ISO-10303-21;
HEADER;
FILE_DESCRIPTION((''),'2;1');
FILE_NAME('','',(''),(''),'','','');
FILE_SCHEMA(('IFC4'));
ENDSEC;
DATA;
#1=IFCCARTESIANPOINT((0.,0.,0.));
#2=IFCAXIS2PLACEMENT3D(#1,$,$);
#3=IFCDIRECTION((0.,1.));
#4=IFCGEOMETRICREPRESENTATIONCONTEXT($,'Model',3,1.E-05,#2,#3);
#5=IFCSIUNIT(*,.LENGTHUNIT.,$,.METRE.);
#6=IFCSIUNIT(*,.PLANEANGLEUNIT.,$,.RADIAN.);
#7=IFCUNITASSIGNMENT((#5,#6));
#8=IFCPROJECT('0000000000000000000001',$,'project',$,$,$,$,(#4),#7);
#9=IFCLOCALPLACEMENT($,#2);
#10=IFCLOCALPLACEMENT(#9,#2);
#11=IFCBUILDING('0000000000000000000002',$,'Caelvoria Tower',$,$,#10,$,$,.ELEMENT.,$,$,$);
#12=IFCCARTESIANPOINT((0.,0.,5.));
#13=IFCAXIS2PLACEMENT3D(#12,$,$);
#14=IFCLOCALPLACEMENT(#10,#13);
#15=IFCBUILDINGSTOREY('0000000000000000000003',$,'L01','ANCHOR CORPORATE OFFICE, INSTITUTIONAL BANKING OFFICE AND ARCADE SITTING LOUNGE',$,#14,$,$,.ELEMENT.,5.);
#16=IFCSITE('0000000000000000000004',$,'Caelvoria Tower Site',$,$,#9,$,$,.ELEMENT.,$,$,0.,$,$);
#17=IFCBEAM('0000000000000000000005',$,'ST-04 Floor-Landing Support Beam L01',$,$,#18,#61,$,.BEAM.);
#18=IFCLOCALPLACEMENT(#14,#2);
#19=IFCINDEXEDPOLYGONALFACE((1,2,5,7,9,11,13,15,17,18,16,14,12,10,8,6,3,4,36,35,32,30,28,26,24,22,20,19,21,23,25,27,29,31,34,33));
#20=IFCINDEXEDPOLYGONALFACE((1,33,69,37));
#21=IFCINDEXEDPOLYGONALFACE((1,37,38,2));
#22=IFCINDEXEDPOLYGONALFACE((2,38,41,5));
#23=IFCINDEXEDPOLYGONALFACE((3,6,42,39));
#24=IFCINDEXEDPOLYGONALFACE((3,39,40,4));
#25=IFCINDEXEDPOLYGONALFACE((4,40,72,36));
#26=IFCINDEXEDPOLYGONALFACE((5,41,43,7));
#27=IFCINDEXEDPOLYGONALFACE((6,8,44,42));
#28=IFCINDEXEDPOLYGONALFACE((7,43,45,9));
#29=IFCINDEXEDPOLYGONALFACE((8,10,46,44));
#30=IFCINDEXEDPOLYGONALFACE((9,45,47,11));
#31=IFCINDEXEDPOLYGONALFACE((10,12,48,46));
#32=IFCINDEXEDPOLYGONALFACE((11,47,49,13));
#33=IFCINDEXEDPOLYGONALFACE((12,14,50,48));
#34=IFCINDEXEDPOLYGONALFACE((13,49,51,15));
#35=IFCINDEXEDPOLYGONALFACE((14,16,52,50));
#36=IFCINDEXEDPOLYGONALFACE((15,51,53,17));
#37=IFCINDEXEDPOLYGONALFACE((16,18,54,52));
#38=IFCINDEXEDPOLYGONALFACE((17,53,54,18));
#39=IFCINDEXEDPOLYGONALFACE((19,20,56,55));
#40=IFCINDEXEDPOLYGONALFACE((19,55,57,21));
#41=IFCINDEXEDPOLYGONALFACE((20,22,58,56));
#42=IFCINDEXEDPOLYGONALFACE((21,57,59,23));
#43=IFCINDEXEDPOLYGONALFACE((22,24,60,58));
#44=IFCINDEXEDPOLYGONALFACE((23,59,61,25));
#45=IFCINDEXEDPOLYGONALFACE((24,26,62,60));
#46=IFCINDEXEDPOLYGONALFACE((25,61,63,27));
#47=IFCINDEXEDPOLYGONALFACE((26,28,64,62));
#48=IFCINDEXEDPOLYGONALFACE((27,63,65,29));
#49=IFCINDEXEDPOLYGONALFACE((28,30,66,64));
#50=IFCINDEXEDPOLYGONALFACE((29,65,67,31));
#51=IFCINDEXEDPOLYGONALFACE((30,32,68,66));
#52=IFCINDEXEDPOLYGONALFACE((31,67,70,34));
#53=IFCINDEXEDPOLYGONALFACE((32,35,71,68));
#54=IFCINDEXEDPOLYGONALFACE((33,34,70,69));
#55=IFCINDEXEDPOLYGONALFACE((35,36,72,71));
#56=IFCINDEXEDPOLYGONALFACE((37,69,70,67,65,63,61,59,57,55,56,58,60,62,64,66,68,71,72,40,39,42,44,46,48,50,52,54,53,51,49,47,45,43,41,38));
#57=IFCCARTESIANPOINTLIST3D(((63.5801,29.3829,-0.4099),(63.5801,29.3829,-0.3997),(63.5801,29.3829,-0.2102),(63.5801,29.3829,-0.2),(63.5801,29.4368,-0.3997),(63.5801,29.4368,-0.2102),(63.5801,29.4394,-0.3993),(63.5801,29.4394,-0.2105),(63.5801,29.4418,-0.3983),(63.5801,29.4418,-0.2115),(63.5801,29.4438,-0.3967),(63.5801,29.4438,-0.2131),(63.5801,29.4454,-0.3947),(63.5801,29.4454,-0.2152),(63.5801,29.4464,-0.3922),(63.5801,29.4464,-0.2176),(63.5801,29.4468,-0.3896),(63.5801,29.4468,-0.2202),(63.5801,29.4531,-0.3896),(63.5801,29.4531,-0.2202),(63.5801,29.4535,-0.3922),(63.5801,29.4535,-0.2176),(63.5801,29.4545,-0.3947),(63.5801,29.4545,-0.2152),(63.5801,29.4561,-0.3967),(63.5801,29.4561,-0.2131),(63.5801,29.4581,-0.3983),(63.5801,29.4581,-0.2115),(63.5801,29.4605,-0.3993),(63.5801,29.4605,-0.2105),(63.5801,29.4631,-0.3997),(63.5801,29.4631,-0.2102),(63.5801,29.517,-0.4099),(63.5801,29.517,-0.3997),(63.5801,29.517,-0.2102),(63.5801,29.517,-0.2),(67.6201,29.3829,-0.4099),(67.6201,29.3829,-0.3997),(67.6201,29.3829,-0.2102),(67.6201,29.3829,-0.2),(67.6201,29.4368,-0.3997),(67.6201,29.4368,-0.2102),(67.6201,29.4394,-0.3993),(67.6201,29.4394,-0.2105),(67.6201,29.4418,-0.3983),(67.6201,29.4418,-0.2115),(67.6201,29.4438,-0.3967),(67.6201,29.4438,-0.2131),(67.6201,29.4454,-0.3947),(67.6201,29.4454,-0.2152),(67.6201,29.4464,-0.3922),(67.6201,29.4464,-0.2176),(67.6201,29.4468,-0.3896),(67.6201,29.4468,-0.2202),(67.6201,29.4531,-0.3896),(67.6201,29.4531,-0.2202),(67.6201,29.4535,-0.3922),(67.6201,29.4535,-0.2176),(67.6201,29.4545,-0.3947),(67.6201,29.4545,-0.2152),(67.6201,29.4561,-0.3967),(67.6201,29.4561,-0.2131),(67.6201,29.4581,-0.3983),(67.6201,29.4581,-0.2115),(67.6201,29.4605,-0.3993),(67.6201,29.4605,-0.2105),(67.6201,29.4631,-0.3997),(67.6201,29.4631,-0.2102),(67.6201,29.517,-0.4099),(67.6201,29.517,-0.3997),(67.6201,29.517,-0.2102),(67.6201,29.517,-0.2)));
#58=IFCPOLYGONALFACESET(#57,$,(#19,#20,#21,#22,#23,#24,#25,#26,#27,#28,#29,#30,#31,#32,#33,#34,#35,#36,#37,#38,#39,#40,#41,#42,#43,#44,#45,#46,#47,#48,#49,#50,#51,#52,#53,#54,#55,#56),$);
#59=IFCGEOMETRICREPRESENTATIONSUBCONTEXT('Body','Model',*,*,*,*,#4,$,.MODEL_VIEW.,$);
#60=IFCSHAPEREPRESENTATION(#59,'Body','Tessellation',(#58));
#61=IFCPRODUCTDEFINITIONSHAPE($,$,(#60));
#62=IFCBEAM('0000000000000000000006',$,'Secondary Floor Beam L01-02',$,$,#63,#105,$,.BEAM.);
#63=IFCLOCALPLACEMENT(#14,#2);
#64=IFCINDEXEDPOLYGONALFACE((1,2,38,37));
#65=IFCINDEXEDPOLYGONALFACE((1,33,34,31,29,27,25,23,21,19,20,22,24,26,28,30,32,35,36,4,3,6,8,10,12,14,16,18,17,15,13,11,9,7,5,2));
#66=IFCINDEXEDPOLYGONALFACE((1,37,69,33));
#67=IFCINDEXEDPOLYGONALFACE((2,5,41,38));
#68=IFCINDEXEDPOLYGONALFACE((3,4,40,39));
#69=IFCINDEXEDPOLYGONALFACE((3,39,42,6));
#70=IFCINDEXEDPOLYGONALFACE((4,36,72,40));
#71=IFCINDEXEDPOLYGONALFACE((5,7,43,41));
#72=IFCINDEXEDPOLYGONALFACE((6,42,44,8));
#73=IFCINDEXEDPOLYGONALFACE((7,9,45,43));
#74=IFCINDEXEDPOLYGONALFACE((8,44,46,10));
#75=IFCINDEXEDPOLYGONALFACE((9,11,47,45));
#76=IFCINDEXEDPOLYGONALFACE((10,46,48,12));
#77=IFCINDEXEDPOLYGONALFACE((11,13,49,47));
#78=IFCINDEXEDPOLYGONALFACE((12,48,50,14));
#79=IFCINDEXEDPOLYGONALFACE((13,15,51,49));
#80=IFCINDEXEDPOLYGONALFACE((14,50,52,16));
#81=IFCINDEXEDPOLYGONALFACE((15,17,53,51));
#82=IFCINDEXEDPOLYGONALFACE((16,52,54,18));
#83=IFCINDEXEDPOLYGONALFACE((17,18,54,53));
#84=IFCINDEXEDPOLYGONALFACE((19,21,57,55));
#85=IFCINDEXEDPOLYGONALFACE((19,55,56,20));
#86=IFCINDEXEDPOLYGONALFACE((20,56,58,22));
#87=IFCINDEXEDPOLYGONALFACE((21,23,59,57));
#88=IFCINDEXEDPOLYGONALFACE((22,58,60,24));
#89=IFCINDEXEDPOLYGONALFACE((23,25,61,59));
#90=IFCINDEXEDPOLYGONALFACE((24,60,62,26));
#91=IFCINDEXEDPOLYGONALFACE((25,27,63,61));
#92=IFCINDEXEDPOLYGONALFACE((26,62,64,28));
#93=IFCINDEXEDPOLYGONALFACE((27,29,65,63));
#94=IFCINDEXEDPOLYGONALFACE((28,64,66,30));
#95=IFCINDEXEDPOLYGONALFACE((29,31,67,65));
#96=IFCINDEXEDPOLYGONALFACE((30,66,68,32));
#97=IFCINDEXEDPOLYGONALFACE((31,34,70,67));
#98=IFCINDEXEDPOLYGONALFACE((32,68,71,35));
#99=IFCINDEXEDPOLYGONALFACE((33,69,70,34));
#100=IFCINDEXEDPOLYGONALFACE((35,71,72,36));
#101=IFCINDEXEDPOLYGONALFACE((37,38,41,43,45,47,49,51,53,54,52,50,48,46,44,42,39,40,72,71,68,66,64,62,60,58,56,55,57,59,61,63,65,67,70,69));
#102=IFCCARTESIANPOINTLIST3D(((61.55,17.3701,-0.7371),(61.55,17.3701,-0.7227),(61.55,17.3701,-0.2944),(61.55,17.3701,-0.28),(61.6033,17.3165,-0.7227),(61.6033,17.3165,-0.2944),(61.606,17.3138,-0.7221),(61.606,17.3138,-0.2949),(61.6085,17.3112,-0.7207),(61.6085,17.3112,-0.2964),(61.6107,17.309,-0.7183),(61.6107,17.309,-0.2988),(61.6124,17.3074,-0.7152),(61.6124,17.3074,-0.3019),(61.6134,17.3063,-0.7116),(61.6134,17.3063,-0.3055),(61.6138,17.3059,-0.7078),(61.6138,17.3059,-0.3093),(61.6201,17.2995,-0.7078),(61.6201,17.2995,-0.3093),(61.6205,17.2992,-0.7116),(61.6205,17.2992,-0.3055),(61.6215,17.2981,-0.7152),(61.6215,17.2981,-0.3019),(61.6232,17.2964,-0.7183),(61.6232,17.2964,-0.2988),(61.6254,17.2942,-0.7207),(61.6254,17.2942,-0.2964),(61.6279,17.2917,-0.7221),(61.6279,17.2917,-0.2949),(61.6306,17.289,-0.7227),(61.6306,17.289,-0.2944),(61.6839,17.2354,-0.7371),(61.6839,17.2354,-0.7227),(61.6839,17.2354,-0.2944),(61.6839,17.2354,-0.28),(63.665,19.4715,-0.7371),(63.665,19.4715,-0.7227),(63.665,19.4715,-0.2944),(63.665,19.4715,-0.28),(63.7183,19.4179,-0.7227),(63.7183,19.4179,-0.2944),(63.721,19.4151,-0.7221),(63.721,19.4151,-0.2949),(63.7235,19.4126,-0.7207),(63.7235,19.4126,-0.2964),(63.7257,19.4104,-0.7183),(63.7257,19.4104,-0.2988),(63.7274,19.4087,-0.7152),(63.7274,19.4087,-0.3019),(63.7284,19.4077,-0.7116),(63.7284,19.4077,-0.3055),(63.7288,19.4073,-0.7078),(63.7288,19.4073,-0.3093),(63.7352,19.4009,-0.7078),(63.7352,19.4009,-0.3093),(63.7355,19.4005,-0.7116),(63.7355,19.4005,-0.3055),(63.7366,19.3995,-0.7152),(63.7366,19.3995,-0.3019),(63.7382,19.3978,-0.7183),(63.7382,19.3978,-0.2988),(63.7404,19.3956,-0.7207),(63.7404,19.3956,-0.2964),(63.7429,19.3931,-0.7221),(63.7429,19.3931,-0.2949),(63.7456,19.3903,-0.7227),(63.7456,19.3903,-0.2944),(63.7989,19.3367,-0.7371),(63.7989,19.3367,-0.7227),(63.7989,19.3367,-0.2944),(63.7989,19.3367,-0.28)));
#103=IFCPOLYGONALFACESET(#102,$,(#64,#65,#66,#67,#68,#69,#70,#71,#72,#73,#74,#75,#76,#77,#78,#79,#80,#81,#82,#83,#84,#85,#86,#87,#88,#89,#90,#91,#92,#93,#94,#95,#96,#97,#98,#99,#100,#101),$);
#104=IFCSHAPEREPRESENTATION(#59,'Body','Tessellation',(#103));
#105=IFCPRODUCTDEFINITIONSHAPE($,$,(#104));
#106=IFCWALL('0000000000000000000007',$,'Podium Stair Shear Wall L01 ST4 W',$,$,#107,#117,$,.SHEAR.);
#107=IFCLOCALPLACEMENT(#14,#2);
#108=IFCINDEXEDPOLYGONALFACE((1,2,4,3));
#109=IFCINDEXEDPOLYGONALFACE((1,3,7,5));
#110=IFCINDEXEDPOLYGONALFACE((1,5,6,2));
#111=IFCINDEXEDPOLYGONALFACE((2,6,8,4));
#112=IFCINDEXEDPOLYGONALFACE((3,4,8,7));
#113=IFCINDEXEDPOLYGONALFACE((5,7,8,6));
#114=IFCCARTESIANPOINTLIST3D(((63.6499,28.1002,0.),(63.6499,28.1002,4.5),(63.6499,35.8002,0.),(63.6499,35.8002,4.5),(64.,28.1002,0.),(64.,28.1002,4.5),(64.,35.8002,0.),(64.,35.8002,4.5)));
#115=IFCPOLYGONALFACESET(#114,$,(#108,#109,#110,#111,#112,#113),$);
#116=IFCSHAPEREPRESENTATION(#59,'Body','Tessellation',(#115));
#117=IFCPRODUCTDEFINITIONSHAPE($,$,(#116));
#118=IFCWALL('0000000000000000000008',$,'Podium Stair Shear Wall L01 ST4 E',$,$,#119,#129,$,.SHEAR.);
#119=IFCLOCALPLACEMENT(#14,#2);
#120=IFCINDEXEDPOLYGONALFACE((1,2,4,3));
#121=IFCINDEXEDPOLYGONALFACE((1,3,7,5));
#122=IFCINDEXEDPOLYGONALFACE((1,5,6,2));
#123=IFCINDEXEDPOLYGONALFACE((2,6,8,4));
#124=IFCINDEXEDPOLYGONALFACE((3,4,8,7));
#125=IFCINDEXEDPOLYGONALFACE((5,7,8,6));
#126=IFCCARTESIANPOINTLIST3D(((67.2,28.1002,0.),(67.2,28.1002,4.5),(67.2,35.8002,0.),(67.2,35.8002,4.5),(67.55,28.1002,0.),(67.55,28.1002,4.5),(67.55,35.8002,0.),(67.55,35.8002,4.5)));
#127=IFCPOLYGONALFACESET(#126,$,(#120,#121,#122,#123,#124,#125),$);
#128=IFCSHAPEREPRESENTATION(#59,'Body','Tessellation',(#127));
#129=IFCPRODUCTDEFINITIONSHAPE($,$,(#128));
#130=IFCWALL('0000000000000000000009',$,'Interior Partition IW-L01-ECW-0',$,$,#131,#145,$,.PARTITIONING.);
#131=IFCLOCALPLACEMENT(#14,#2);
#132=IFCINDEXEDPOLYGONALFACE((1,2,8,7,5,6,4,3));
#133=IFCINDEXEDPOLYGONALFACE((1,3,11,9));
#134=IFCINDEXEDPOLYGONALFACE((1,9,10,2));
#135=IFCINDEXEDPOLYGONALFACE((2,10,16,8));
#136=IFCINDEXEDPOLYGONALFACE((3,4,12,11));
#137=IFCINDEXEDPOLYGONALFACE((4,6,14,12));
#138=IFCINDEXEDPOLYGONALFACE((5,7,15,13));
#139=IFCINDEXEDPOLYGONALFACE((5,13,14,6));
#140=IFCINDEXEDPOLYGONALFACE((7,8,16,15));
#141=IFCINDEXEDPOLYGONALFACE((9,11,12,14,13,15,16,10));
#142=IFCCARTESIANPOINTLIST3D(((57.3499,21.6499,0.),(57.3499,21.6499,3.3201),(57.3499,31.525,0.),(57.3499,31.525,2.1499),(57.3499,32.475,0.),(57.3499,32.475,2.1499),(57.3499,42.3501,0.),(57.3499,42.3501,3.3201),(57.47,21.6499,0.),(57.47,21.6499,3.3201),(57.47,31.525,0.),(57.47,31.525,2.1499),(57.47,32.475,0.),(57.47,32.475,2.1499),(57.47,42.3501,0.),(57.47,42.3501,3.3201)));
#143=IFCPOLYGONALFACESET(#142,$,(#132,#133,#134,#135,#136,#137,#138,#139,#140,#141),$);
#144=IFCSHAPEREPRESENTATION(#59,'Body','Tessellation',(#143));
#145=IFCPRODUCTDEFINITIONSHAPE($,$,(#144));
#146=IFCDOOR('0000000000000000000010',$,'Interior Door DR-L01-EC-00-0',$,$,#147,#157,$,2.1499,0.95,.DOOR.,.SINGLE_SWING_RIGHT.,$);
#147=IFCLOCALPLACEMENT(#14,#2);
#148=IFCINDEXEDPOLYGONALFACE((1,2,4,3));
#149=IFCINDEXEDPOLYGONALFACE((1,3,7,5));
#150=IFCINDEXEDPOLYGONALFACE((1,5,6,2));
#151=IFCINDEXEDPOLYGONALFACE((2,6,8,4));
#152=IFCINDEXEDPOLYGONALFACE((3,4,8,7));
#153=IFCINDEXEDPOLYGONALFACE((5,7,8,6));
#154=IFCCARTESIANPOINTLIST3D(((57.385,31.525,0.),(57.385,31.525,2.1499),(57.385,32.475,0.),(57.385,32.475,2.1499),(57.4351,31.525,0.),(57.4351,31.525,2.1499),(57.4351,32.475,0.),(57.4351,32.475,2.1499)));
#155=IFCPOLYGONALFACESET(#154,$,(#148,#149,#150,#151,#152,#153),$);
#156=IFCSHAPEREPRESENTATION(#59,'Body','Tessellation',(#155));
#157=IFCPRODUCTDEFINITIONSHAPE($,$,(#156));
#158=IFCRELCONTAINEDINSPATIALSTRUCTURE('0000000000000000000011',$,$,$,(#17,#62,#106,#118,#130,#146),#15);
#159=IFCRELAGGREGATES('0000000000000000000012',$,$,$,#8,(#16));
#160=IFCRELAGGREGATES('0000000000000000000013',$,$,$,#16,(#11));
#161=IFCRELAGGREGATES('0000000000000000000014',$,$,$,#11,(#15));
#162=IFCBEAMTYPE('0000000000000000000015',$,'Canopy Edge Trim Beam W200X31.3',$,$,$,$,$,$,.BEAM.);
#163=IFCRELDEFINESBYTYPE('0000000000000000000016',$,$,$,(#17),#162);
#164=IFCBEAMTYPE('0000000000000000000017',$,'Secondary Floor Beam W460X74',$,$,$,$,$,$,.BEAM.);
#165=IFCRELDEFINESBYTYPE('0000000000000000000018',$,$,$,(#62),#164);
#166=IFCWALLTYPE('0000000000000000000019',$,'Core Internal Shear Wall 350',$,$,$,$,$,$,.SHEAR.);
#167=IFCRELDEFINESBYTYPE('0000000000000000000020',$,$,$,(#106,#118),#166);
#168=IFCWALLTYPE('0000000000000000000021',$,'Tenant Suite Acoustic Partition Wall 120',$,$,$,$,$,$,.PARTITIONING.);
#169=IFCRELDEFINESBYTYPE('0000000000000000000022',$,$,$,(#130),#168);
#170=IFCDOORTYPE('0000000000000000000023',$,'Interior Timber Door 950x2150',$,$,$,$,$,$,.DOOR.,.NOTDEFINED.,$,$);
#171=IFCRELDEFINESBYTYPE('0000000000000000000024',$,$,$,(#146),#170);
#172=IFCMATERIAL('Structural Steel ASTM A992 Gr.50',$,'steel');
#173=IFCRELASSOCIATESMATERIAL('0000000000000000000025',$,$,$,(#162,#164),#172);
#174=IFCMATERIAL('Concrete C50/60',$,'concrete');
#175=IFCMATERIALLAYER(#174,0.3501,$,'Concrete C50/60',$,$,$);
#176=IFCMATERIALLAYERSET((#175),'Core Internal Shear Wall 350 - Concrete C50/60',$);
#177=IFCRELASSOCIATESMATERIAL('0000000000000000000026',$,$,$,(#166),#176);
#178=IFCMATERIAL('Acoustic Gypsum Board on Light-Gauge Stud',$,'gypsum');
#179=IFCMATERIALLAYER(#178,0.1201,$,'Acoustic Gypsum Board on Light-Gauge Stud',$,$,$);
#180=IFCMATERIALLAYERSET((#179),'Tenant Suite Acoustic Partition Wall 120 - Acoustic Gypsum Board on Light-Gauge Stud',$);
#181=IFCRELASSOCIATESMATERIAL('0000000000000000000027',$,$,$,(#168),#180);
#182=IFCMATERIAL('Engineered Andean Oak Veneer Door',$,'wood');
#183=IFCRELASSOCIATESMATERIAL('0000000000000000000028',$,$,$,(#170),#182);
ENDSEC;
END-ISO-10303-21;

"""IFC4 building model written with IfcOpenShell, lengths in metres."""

from ifc_helpers import new_model, si_unit, direction, frame, frame_2d, origin, origin_2d, place, context, subcontext, project, spatial, rectangle, i_section, extrude, material, layer, layer_set, material_profile, profile_set, type_object, element, fill, save


model = new_model("IFC4")

# Units and contexts
model_context = context("Model", 3, precision=1e-05, world=origin(), true_north=direction((0.0, 1.0)))
body_context = subcontext(model_context, "Body", "Model", "MODEL_VIEW")
ifc_project = project(units=[si_unit("LENGTHUNIT", "METRE"), si_unit("PLANEANGLEUNIT", "RADIAN")], contexts=[model_context])

# Site, building, storey
site_placement = place(None, origin())
site = spatial("IfcSite", under=ifc_project, at=site_placement, Name="Caelvoria Tower Site", CompositionType="ELEMENT", RefElevation=0.0)
building_placement = place(site_placement, origin())
building = spatial("IfcBuilding", under=site, at=building_placement, Name="Caelvoria Tower", CompositionType="ELEMENT")
storey_placement = place(building_placement, frame((0.0, 0.0, 5.0)))
storey = spatial("IfcBuildingStorey", under=building, at=storey_placement, Name="L01", Description="ANCHOR CORPORATE OFFICE, INSTITUTIONAL BANKING OFFICE AND ARCADE SITTING LOUNGE", CompositionType="ELEMENT", Elevation=5.0)

# Beams
ifc_material_1 = material(Name="Structural Steel ASTM A992 Gr.50", Category="steel")
ifc_material_profile_1 = material_profile(ifc_material_1, i_section(OverallWidth=0.134, OverallDepth=0.21, WebThickness=0.0063, FlangeThickness=0.0103, FilletRadius=0.01, at=origin_2d()), Name="Structural Steel ASTM A992 Gr.50")
ifc_profile_set_1 = profile_set([ifc_material_profile_1], Name="W200X31.3 - Structural Steel ASTM A992 Gr.50")
beam_type_1 = type_object("IfcBeamType", Name="Canopy Edge Trim Beam W200X31.3", PredefinedType="BEAM", material=ifc_profile_set_1)
beam_1_placement = place(storey_placement, frame((63.5801, 29.45, -0.3049), z_axis=(1.0, 0.0, 0.0), x_axis=(0.0, 1.0, 0.0)))
element("IfcBeam", 1, at=beam_1_placement, inside=storey, type_object=beam_type_1, Name="ST-04 Floor-Landing Support Beam L01", PredefinedType="BEAM", context=body_context, shape_type="SweptSolid", body=[
    extrude(i_section(OverallWidth=0.134, OverallDepth=0.21, WebThickness=0.0063, FlangeThickness=0.0103, FilletRadius=0.01, at=origin_2d()), origin(), (0.0, 0.0, 1.0), 4.04),
])
ifc_material_profile_2 = material_profile(ifc_material_1, i_section(OverallWidth=0.1899, OverallDepth=0.457, WebThickness=0.009, FlangeThickness=0.0144, FilletRadius=0.0149, at=origin_2d()), Name="Structural Steel ASTM A992 Gr.50")
ifc_profile_set_2 = profile_set([ifc_material_profile_2], Name="W460X74 - Structural Steel ASTM A992 Gr.50")
beam_type_2 = type_object("IfcBeamType", Name="Secondary Floor Beam W460X74", PredefinedType="BEAM", material=ifc_profile_set_2)
beam_2_placement = place(storey_placement, frame((61.6169, 17.3027, -0.5085), z_axis=(0.709396, 0.70481, 0.0), x_axis=(-0.70481, 0.709396, 0.0)))
element("IfcBeam", 2, at=beam_2_placement, inside=storey, type_object=beam_type_2, Name="Secondary Floor Beam L01-02", PredefinedType="BEAM", context=body_context, shape_type="SweptSolid", body=[
    extrude(i_section(OverallWidth=0.1899, OverallDepth=0.457, WebThickness=0.009, FlangeThickness=0.0144, FilletRadius=0.0149, at=origin_2d()), origin(), (0.0, 0.0, 1.0), 2.9814),
])

# Shared definitions
ifc_material_2 = material(Name="Concrete C50/60", Category="concrete")
ifc_layer_1 = layer(ifc_material_2, 0.3501, Name="Concrete C50/60")
ifc_layer_set_1 = layer_set([ifc_layer_1], Name="Core Internal Shear Wall 350 - Concrete C50/60")
wall_type_1 = type_object("IfcWallType", Name="Core Internal Shear Wall 350", PredefinedType="SHEAR", material=ifc_layer_set_1)

# Walls
for number, where, z_axis, x_axis, name in (
    (3, (63.825, 28.1001, 0.0), (0.0, 0.0, 1.0), (0.0, 1.0, 0.0), "Podium Stair Shear Wall L01 ST4 W"),
    (4, (67.375, 28.1001, 0.0), (0.0, 0.0, 1.0), (0.0, 1.0, 0.0), "Podium Stair Shear Wall L01 ST4 E"),
):
    element("IfcWall", number, at=place(storey_placement, frame(where, z_axis=z_axis, x_axis=x_axis)), inside=storey, type_object=wall_type_1, Name=name, PredefinedType="SHEAR", context=body_context, shape_type="SweptSolid", body=[
        extrude(rectangle(XDim=7.7, YDim=0.3501, at=frame_2d((3.8501, 0.0))), origin(), (0.0, 0.0, 1.0), 4.5),
    ])

# Wall, opening, door
ifc_material_3 = material(Name="Acoustic Gypsum Board on Light-Gauge Stud", Category="gypsum")
ifc_layer_2 = layer(ifc_material_3, 0.1201, Name="Acoustic Gypsum Board on Light-Gauge Stud")
ifc_layer_set_2 = layer_set([ifc_layer_2], Name="Tenant Suite Acoustic Partition Wall 120 - Acoustic Gypsum Board on Light-Gauge Stud")
wall_type_2 = type_object("IfcWallType", Name="Tenant Suite Acoustic Partition Wall 120", PredefinedType="PARTITIONING", material=ifc_layer_set_2)
wall_1_placement = place(storey_placement, frame((57.4099, 21.6499, 0.0), z_axis=(0.0, 0.0, 1.0), x_axis=(0.0, 1.0, 0.0)))
wall_1 = element("IfcWall", 5, at=wall_1_placement, inside=storey, type_object=wall_type_2, Name="Interior Partition IW-L01-ECW-0", PredefinedType="PARTITIONING", context=body_context, shape_type="SweptSolid", body=[
    extrude(rectangle(XDim=20.7002, YDim=0.1201, at=frame_2d((10.3501, 0.0))), origin(), (0.0, 0.0, 1.0), 3.3201),
])
opening_1_placement = place(wall_1_placement, frame((9.875, 0.0, 0.0)))
opening_1 = element("IfcOpeningElement", 6, at=opening_1_placement, cuts=wall_1, PredefinedType="OPENING", context=body_context, shape_type="SweptSolid", body=[
    extrude(rectangle(XDim=0.95, YDim=2.1499, at=frame_2d((0.4751, 1.075))), frame((0.0, 0.0701, 0.0), z_axis=(0.0, -1.0, 0.0), x_axis=(1.0, 0.0, 0.0)), (0.0, 0.0, 1.0), 0.1401),
])
ifc_material_4 = material(Name="Engineered Andean Oak Veneer Door", Category="wood")
door_type_1 = type_object("IfcDoorType", Name="Interior Timber Door 950x2150", OperationType="NOTDEFINED", PredefinedType="DOOR", material=ifc_material_4)
door_1_placement = place(opening_1_placement, origin())
door_1 = element("IfcDoor", 7, at=door_1_placement, inside=storey, type_object=door_type_1, Name="Interior Door DR-L01-EC-00-0", OperationType="SINGLE_SWING_RIGHT", OverallHeight=2.1499, OverallWidth=0.95, PredefinedType="DOOR", context=body_context, shape_type="SweptSolid", body=[
    extrude(rectangle(XDim=0.95, YDim=2.1499, at=frame_2d((0.4751, 1.075))), frame((0.0, 0.0249, 0.0), z_axis=(0.0, -1.0, 0.0), x_axis=(1.0, 0.0, 0.0)), (0.0, 0.0, 1.0), 0.05),
])
fill(opening_1, door_1)

save(model, "model.ifc")
